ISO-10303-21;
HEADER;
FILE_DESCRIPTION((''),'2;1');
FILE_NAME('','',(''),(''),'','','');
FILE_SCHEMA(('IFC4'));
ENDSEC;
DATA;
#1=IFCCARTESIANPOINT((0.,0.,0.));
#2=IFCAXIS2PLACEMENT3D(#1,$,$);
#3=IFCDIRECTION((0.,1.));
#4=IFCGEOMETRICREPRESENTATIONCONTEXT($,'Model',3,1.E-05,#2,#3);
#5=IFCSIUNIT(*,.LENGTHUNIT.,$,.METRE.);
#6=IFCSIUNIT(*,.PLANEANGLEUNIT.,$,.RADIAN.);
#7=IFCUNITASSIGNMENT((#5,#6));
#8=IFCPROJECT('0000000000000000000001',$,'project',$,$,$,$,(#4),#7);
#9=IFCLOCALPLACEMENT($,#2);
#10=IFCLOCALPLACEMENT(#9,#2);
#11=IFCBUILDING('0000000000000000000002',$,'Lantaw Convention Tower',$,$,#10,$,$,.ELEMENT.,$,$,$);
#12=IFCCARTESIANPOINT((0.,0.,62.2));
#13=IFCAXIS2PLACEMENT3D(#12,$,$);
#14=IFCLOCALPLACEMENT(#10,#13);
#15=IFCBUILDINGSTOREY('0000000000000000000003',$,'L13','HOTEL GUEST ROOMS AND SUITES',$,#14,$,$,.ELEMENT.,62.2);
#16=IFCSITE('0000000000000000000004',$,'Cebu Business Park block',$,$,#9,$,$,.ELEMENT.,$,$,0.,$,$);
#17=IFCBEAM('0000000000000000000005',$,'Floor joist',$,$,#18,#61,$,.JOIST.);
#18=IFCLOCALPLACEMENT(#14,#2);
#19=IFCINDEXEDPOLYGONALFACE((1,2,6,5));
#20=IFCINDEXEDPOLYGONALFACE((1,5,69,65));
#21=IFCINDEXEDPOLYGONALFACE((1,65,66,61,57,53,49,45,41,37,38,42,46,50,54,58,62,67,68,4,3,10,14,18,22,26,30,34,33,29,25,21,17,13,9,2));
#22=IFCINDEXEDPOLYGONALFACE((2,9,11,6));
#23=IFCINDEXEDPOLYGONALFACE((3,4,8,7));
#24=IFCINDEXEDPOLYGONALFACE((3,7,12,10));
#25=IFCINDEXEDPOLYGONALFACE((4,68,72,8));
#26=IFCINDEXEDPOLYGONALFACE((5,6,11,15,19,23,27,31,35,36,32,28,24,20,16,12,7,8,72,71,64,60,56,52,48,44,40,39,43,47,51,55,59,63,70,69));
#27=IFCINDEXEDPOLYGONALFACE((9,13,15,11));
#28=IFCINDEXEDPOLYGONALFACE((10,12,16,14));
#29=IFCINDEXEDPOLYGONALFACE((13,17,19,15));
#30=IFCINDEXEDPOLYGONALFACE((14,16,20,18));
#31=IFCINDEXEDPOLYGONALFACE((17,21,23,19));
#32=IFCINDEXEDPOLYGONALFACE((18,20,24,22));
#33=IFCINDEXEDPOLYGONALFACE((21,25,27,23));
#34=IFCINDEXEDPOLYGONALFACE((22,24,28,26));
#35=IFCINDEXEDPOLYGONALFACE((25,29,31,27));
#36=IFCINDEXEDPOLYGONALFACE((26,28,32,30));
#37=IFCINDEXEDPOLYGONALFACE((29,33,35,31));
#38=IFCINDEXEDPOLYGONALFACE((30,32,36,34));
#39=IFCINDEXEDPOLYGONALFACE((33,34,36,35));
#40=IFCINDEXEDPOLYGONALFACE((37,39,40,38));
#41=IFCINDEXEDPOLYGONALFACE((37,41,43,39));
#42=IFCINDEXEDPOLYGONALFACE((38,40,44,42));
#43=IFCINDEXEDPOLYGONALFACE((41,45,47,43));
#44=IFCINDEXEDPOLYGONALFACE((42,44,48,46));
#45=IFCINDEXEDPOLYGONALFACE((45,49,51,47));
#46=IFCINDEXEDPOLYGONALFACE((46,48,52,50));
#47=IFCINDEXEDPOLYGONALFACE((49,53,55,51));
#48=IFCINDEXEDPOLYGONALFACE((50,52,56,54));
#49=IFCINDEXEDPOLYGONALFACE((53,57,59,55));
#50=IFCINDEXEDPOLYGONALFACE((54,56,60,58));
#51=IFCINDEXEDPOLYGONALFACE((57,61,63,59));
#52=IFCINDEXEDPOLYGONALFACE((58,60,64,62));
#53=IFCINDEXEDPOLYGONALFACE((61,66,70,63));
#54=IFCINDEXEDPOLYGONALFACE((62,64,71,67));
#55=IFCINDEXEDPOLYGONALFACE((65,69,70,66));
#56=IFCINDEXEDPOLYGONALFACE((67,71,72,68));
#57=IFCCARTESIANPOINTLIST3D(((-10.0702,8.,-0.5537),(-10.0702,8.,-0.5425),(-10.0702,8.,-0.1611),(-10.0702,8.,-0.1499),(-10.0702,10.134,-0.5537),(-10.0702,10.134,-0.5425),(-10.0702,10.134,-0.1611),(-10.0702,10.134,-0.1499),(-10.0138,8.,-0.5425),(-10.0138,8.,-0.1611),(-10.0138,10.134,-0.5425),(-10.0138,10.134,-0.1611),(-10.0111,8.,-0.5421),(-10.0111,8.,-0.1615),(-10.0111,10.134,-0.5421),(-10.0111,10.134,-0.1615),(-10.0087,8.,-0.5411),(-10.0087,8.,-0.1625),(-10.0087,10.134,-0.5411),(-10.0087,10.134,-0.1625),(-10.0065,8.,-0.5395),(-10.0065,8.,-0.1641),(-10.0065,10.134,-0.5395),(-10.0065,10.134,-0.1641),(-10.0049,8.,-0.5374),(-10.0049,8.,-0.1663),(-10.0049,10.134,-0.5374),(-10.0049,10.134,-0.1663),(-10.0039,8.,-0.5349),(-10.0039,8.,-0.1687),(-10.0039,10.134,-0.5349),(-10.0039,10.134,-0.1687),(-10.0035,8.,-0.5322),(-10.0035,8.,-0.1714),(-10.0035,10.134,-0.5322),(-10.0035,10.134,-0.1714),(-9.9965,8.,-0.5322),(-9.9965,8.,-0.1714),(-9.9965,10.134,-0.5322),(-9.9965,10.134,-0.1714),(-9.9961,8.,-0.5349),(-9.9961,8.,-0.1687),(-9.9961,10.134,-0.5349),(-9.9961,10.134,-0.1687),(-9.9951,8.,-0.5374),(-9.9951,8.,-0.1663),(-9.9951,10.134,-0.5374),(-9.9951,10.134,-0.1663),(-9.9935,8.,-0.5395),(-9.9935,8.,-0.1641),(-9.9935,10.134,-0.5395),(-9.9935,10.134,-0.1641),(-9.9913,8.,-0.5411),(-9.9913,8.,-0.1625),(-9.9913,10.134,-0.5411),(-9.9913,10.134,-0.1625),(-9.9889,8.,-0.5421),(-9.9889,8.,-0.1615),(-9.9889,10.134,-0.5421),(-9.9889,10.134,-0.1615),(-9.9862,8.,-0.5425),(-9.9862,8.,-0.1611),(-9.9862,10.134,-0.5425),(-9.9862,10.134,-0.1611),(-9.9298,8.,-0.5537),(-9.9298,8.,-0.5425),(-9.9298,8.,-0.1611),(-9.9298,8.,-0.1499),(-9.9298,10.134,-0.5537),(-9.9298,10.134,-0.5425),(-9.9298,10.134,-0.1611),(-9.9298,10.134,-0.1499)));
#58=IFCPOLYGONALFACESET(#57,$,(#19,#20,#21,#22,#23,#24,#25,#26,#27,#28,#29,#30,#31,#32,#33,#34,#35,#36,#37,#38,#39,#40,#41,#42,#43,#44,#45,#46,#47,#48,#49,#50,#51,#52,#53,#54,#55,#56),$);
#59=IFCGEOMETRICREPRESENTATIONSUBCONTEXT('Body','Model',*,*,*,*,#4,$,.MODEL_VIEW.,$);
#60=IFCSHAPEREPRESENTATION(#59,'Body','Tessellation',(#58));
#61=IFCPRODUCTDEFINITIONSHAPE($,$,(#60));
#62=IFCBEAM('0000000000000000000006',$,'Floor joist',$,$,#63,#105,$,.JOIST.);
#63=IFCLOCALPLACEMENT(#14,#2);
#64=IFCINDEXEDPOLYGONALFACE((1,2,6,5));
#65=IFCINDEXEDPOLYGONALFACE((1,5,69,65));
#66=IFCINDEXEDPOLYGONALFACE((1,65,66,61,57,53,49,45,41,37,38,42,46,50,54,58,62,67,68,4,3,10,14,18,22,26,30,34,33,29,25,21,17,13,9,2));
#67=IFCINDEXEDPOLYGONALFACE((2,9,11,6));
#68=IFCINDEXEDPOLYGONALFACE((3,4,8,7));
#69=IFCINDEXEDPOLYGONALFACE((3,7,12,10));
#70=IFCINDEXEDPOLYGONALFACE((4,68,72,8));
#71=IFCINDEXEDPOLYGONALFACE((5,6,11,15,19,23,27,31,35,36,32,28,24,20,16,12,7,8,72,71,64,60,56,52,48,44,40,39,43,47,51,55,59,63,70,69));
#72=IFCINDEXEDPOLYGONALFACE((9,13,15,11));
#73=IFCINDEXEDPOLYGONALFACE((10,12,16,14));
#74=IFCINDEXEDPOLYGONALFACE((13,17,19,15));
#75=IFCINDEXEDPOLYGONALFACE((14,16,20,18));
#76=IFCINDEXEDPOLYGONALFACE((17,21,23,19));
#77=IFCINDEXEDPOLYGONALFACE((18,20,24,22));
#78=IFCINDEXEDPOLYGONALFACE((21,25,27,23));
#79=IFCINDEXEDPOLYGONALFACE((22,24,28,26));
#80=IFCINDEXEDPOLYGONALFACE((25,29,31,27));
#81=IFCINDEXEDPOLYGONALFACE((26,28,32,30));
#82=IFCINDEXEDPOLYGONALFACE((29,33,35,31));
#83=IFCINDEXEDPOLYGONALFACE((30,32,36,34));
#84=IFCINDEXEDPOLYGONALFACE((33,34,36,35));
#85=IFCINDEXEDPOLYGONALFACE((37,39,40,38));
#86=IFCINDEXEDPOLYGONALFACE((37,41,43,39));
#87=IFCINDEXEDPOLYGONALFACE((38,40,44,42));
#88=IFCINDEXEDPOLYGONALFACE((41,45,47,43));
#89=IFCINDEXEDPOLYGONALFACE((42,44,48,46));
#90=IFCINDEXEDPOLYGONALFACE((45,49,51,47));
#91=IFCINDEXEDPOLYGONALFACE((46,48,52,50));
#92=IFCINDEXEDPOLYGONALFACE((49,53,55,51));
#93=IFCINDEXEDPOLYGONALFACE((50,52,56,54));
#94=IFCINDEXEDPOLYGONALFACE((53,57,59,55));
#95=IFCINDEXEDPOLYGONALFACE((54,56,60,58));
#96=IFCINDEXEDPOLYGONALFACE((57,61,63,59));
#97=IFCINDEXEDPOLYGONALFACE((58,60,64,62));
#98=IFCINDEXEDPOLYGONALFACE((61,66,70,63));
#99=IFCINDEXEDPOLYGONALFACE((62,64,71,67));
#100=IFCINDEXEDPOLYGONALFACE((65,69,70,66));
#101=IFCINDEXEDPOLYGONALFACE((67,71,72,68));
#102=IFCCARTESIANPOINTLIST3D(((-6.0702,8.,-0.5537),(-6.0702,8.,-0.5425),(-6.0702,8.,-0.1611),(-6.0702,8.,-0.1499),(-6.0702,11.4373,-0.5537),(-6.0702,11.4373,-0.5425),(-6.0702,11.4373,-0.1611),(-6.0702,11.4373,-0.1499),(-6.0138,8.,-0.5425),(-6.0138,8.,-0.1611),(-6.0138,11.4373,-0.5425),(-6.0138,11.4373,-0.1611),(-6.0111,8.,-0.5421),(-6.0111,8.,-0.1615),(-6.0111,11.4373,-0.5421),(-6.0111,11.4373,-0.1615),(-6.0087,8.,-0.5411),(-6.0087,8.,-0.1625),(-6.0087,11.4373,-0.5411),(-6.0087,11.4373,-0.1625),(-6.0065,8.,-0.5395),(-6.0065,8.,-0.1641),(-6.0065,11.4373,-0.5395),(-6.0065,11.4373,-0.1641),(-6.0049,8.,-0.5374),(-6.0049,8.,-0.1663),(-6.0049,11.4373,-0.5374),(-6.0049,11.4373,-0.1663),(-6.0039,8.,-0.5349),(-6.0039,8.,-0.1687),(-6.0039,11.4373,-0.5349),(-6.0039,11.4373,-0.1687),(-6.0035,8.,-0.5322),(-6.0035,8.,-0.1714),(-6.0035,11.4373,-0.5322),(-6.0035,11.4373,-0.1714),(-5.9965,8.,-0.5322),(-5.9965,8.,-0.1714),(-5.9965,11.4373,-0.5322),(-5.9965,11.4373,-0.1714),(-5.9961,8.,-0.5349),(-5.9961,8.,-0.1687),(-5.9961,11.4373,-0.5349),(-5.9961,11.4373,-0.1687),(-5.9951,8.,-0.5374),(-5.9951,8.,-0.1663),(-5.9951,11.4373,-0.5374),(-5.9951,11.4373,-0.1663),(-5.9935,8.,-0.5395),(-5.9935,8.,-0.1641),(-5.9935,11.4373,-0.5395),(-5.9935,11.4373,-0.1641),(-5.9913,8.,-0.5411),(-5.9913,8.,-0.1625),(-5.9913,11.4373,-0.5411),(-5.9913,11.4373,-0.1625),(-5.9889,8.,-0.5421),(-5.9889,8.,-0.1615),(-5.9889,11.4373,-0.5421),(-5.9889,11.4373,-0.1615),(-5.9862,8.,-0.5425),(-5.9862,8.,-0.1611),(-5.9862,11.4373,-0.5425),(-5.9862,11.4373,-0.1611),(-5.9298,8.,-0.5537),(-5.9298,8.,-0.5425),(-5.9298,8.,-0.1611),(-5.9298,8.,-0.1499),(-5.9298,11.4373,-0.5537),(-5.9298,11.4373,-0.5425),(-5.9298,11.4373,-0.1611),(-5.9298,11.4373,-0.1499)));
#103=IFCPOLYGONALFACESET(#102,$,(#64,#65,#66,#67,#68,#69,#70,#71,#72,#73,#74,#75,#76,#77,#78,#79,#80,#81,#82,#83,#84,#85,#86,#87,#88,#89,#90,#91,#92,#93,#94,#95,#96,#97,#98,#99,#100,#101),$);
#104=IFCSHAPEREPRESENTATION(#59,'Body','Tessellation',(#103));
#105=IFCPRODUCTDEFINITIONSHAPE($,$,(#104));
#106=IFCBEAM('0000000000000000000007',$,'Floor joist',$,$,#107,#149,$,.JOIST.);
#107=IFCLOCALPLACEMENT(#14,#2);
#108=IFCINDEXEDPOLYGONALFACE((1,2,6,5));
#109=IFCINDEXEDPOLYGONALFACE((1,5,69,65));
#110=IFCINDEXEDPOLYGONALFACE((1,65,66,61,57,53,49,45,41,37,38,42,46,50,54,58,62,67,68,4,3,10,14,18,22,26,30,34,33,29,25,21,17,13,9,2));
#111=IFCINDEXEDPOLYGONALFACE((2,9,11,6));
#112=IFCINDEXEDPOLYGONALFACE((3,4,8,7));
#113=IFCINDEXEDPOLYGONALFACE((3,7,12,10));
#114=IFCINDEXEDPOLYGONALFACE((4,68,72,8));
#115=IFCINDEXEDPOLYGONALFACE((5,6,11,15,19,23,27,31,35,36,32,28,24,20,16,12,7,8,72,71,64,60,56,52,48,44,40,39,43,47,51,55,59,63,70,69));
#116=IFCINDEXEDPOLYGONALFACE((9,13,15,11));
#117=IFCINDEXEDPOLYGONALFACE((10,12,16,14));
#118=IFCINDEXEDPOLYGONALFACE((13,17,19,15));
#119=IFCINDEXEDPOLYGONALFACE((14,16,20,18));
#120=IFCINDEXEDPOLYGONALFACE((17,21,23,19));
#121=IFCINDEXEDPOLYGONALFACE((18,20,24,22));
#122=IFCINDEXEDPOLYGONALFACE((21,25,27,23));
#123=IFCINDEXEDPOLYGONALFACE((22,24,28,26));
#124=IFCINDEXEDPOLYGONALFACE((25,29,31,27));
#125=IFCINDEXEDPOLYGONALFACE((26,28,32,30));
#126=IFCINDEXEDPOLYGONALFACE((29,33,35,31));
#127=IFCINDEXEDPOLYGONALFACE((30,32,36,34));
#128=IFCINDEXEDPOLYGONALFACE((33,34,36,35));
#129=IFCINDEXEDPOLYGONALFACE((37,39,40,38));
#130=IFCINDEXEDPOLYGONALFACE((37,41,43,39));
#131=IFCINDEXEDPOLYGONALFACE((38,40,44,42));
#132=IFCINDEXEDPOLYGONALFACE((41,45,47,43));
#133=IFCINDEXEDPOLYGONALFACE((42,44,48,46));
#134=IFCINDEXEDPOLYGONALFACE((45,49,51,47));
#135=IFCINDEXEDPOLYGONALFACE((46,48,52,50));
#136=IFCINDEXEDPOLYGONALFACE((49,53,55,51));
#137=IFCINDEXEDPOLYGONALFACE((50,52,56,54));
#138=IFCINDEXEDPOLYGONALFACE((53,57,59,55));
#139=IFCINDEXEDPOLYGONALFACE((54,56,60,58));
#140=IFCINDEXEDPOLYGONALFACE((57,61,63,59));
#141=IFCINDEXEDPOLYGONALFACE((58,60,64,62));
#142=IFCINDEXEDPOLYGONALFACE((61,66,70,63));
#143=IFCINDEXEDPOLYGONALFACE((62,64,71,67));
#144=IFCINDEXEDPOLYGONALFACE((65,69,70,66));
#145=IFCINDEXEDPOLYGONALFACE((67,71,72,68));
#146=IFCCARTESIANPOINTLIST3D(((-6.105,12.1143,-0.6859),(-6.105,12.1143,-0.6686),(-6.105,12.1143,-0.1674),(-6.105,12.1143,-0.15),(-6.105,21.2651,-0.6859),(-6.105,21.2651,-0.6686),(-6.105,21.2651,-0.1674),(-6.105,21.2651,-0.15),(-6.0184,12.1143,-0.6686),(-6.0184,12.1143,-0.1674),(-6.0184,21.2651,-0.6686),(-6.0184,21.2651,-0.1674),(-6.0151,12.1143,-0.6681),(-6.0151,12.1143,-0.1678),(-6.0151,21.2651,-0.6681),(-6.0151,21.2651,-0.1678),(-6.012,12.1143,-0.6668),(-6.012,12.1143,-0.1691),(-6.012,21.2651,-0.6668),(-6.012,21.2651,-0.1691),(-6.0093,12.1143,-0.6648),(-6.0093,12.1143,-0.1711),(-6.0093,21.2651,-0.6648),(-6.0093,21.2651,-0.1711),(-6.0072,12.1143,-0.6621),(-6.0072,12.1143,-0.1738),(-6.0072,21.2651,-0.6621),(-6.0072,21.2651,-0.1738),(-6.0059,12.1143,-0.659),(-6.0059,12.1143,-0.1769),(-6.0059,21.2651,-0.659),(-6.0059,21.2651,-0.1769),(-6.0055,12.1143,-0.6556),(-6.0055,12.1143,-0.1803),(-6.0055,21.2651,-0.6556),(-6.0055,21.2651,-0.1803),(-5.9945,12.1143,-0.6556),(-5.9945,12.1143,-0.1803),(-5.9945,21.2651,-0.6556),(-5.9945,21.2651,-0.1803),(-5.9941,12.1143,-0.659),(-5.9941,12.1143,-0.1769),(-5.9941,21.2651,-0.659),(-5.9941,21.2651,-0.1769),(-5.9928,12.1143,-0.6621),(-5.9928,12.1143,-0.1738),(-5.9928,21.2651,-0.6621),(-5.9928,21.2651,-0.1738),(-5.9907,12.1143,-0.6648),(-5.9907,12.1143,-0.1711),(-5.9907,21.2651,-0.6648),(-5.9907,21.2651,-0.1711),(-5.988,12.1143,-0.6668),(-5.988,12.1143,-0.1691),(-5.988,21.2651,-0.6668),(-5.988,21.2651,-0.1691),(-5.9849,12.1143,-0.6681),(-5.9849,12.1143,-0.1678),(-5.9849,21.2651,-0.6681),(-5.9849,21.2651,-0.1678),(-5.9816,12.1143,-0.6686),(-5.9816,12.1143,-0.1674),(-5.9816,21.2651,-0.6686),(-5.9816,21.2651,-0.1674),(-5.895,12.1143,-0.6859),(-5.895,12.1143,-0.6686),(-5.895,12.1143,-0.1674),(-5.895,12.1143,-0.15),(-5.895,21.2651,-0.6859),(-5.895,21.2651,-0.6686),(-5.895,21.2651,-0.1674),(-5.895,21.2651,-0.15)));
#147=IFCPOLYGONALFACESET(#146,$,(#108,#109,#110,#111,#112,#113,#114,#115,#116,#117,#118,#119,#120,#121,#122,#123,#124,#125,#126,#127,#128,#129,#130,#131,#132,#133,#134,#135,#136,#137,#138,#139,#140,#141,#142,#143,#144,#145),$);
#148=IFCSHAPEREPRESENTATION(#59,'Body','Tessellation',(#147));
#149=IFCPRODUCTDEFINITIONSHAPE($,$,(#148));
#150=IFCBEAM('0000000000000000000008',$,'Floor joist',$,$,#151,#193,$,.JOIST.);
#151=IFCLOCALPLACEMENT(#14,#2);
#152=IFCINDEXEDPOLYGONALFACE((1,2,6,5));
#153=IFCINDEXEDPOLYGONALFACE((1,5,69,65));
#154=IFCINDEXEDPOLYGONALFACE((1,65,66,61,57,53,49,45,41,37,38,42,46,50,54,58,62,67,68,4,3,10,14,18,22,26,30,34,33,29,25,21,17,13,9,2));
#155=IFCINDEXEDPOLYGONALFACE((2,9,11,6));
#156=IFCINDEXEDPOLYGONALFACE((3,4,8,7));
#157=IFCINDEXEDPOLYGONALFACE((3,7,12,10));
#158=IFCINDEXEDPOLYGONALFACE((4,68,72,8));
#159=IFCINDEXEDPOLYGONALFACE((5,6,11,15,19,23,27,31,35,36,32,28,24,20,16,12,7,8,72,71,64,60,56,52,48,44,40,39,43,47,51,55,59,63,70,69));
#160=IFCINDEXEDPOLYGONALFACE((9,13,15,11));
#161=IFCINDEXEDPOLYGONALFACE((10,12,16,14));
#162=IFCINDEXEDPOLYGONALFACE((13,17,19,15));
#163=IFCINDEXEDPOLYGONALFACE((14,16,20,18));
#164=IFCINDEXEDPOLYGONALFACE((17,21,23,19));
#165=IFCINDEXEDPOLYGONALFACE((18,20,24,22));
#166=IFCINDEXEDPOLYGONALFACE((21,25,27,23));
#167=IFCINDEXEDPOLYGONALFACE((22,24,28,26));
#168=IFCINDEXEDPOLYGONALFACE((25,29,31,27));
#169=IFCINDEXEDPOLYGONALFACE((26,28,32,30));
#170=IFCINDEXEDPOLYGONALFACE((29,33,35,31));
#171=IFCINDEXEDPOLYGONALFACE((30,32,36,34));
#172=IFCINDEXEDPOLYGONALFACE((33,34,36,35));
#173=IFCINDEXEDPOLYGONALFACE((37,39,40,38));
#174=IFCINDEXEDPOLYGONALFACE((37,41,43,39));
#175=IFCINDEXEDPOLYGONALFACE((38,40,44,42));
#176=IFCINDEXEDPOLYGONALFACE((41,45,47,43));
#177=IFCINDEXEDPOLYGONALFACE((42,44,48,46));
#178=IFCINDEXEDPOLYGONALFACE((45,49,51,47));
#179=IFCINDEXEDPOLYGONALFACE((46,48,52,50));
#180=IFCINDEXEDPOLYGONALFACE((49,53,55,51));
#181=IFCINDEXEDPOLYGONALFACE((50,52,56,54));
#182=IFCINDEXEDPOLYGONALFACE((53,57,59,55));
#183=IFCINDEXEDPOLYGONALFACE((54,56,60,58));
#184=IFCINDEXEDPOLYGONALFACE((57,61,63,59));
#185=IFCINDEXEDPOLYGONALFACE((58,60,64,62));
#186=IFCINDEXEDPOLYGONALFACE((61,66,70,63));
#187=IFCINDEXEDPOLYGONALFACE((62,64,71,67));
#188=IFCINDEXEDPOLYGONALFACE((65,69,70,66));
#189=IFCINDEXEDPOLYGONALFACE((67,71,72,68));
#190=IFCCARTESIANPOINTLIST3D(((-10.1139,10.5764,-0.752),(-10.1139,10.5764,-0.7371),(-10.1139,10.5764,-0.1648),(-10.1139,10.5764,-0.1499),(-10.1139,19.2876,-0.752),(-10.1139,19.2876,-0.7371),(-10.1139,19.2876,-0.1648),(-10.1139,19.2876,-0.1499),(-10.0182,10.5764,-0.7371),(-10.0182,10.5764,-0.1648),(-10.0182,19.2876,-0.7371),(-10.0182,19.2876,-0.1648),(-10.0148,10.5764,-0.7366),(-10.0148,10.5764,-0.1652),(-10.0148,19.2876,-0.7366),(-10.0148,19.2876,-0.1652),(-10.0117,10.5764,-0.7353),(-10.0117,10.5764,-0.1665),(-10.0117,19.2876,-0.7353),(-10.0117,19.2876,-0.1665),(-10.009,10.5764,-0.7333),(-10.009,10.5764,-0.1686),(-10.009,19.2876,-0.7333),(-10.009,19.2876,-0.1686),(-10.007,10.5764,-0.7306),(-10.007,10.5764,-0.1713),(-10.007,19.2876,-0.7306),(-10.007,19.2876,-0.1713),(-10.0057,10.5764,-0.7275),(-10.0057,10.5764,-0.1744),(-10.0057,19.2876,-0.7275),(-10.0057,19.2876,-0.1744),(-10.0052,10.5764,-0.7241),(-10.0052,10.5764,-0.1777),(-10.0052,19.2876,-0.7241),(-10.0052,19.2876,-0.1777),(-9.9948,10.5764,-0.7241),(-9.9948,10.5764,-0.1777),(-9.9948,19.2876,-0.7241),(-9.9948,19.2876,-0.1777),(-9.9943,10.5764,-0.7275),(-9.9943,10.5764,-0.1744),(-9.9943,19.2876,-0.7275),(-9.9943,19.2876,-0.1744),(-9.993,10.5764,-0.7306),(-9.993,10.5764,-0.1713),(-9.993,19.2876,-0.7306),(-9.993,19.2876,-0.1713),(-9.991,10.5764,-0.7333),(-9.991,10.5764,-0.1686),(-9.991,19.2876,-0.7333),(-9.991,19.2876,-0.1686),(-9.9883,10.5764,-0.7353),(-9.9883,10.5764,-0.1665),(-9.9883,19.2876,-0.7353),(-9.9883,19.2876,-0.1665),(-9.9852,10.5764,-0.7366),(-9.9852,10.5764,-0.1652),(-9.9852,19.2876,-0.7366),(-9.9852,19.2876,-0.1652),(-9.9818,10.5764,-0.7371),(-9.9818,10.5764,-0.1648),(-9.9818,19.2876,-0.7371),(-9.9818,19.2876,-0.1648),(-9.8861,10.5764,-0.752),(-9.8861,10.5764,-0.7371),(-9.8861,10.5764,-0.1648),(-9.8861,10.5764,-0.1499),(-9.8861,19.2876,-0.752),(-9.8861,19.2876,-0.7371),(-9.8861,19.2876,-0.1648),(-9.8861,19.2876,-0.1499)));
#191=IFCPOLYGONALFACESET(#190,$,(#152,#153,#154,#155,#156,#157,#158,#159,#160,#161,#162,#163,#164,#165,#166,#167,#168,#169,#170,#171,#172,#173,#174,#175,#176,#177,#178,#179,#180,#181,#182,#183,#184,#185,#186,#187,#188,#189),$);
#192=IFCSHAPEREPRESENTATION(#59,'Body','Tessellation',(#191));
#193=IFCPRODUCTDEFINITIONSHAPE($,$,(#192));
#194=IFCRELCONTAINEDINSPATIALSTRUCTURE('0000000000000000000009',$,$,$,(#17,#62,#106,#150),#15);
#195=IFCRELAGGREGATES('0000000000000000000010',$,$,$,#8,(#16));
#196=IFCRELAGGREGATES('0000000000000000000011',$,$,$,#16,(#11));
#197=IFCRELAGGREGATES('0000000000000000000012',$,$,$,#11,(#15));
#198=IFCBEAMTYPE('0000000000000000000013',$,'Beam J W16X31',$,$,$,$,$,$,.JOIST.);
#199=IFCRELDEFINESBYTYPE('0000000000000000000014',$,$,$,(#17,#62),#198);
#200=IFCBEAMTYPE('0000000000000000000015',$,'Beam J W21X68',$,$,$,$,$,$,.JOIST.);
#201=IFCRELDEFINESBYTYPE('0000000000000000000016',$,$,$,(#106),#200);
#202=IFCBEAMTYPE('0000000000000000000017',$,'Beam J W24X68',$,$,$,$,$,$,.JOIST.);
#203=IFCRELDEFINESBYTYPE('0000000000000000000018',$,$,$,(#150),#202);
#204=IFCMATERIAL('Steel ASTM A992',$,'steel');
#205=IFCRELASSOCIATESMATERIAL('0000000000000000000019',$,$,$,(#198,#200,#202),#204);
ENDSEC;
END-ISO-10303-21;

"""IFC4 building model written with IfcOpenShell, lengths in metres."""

from ifc_helpers import new_model, si_unit, direction, frame, origin, origin_2d, place, context, subcontext, project, spatial, i_section, extrude, material, material_profile, profile_set, type_object, element, save


model = new_model("IFC4")

# Units and contexts
model_context = context("Model", 3, precision=1e-05, world=origin(), true_north=direction((0.0, 1.0)))
body_context = subcontext(model_context, "Body", "Model", "MODEL_VIEW")
ifc_project = project(units=[si_unit("LENGTHUNIT", "METRE"), si_unit("PLANEANGLEUNIT", "RADIAN")], contexts=[model_context])

# Site, building, storey
site_placement = place(None, origin())
site = spatial("IfcSite", under=ifc_project, at=site_placement, Name="Cebu Business Park block", CompositionType="ELEMENT", RefElevation=0.0)
building_placement = place(site_placement, origin())
building = spatial("IfcBuilding", under=site, at=building_placement, Name="Lantaw Convention Tower", CompositionType="ELEMENT")
storey_placement = place(building_placement, frame((0.0, 0.0, 62.2)))
storey = spatial("IfcBuildingStorey", under=building, at=storey_placement, Name="L13", Description="HOTEL GUEST ROOMS AND SUITES", CompositionType="ELEMENT", Elevation=62.2)

# Beams
ifc_material_1 = material(Name="Steel ASTM A992", Category="steel")
ifc_material_profile_1 = material_profile(ifc_material_1, i_section(OverallWidth=0.1404, OverallDepth=0.4038, WebThickness=0.0071, FlangeThickness=0.0112, FilletRadius=0.0103, at=origin_2d()), Name="W16X31")
ifc_profile_set_1 = profile_set([ifc_material_profile_1], Name="Steel ASTM A992")
beam_type_1 = type_object("IfcBeamType", Name="Beam J W16X31", PredefinedType="JOIST", material=ifc_profile_set_1)
beam_1_placement = place(storey_placement, frame((-10.0, 8.0, -0.3518), z_axis=(0.0, 1.0, 0.0), x_axis=(-1.0, 0.0, 0.0)))
element("IfcBeam", 1, at=beam_1_placement, inside=storey, type_object=beam_type_1, Name="Floor joist", PredefinedType="JOIST", context=body_context, shape_type="SweptSolid", body=[
    extrude(i_section(OverallWidth=0.1404, OverallDepth=0.4038, WebThickness=0.0071, FlangeThickness=0.0112, FilletRadius=0.0103, at=origin_2d()), origin(), (0.0, 0.0, 1.0), 2.134),
])
beam_2_placement = place(storey_placement, frame((-6.0, 8.0, -0.3518), z_axis=(0.0, 1.0, 0.0), x_axis=(-1.0, 0.0, 0.0)))
element("IfcBeam", 2, at=beam_2_placement, inside=storey, type_object=beam_type_1, Name="Floor joist", PredefinedType="JOIST", context=body_context, shape_type="SweptSolid", body=[
    extrude(i_section(OverallWidth=0.1404, OverallDepth=0.4038, WebThickness=0.0071, FlangeThickness=0.0112, FilletRadius=0.0103, at=origin_2d()), origin(), (0.0, 0.0, 1.0), 3.4373),
])
ifc_material_profile_2 = material_profile(ifc_material_1, i_section(OverallWidth=0.21, OverallDepth=0.5359, WebThickness=0.011, FlangeThickness=0.0173, FilletRadius=0.0129, at=origin_2d()), Name="W21X68")
ifc_profile_set_2 = profile_set([ifc_material_profile_2], Name="Steel ASTM A992")
beam_type_2 = type_object("IfcBeamType", Name="Beam J W21X68", PredefinedType="JOIST", material=ifc_profile_set_2)
beam_3_placement = place(storey_placement, frame((-6.0, 12.1143, -0.418), z_axis=(0.0, 1.0, 0.0), x_axis=(-1.0, 0.0, 0.0)))
element("IfcBeam", 3, at=beam_3_placement, inside=storey, type_object=beam_type_2, Name="Floor joist", PredefinedType="JOIST", context=body_context, shape_type="SweptSolid", body=[
    extrude(i_section(OverallWidth=0.21, OverallDepth=0.5359, WebThickness=0.011, FlangeThickness=0.0173, FilletRadius=0.0129, at=origin_2d()), origin(), (0.0, 0.0, 1.0), 9.1509),
])
ifc_material_profile_3 = material_profile(ifc_material_1, i_section(OverallWidth=0.2278, OverallDepth=0.6021, WebThickness=0.0105, FlangeThickness=0.0149, FilletRadius=0.0129, at=origin_2d()), Name="W24X68")
ifc_profile_set_3 = profile_set([ifc_material_profile_3], Name="Steel ASTM A992")
beam_type_3 = type_object("IfcBeamType", Name="Beam J W24X68", PredefinedType="JOIST", material=ifc_profile_set_3)
beam_4_placement = place(storey_placement, frame((-10.0, 10.5764, -0.4509), z_axis=(0.0, 1.0, 0.0), x_axis=(-1.0, 0.0, 0.0)))
element("IfcBeam", 4, at=beam_4_placement, inside=storey, type_object=beam_type_3, Name="Floor joist", PredefinedType="JOIST", context=body_context, shape_type="SweptSolid", body=[
    extrude(i_section(OverallWidth=0.2278, OverallDepth=0.6021, WebThickness=0.0105, FlangeThickness=0.0149, FilletRadius=0.0129, at=origin_2d()), origin(), (0.0, 0.0, 1.0), 8.7112),
])

save(model, "model.ifc")
